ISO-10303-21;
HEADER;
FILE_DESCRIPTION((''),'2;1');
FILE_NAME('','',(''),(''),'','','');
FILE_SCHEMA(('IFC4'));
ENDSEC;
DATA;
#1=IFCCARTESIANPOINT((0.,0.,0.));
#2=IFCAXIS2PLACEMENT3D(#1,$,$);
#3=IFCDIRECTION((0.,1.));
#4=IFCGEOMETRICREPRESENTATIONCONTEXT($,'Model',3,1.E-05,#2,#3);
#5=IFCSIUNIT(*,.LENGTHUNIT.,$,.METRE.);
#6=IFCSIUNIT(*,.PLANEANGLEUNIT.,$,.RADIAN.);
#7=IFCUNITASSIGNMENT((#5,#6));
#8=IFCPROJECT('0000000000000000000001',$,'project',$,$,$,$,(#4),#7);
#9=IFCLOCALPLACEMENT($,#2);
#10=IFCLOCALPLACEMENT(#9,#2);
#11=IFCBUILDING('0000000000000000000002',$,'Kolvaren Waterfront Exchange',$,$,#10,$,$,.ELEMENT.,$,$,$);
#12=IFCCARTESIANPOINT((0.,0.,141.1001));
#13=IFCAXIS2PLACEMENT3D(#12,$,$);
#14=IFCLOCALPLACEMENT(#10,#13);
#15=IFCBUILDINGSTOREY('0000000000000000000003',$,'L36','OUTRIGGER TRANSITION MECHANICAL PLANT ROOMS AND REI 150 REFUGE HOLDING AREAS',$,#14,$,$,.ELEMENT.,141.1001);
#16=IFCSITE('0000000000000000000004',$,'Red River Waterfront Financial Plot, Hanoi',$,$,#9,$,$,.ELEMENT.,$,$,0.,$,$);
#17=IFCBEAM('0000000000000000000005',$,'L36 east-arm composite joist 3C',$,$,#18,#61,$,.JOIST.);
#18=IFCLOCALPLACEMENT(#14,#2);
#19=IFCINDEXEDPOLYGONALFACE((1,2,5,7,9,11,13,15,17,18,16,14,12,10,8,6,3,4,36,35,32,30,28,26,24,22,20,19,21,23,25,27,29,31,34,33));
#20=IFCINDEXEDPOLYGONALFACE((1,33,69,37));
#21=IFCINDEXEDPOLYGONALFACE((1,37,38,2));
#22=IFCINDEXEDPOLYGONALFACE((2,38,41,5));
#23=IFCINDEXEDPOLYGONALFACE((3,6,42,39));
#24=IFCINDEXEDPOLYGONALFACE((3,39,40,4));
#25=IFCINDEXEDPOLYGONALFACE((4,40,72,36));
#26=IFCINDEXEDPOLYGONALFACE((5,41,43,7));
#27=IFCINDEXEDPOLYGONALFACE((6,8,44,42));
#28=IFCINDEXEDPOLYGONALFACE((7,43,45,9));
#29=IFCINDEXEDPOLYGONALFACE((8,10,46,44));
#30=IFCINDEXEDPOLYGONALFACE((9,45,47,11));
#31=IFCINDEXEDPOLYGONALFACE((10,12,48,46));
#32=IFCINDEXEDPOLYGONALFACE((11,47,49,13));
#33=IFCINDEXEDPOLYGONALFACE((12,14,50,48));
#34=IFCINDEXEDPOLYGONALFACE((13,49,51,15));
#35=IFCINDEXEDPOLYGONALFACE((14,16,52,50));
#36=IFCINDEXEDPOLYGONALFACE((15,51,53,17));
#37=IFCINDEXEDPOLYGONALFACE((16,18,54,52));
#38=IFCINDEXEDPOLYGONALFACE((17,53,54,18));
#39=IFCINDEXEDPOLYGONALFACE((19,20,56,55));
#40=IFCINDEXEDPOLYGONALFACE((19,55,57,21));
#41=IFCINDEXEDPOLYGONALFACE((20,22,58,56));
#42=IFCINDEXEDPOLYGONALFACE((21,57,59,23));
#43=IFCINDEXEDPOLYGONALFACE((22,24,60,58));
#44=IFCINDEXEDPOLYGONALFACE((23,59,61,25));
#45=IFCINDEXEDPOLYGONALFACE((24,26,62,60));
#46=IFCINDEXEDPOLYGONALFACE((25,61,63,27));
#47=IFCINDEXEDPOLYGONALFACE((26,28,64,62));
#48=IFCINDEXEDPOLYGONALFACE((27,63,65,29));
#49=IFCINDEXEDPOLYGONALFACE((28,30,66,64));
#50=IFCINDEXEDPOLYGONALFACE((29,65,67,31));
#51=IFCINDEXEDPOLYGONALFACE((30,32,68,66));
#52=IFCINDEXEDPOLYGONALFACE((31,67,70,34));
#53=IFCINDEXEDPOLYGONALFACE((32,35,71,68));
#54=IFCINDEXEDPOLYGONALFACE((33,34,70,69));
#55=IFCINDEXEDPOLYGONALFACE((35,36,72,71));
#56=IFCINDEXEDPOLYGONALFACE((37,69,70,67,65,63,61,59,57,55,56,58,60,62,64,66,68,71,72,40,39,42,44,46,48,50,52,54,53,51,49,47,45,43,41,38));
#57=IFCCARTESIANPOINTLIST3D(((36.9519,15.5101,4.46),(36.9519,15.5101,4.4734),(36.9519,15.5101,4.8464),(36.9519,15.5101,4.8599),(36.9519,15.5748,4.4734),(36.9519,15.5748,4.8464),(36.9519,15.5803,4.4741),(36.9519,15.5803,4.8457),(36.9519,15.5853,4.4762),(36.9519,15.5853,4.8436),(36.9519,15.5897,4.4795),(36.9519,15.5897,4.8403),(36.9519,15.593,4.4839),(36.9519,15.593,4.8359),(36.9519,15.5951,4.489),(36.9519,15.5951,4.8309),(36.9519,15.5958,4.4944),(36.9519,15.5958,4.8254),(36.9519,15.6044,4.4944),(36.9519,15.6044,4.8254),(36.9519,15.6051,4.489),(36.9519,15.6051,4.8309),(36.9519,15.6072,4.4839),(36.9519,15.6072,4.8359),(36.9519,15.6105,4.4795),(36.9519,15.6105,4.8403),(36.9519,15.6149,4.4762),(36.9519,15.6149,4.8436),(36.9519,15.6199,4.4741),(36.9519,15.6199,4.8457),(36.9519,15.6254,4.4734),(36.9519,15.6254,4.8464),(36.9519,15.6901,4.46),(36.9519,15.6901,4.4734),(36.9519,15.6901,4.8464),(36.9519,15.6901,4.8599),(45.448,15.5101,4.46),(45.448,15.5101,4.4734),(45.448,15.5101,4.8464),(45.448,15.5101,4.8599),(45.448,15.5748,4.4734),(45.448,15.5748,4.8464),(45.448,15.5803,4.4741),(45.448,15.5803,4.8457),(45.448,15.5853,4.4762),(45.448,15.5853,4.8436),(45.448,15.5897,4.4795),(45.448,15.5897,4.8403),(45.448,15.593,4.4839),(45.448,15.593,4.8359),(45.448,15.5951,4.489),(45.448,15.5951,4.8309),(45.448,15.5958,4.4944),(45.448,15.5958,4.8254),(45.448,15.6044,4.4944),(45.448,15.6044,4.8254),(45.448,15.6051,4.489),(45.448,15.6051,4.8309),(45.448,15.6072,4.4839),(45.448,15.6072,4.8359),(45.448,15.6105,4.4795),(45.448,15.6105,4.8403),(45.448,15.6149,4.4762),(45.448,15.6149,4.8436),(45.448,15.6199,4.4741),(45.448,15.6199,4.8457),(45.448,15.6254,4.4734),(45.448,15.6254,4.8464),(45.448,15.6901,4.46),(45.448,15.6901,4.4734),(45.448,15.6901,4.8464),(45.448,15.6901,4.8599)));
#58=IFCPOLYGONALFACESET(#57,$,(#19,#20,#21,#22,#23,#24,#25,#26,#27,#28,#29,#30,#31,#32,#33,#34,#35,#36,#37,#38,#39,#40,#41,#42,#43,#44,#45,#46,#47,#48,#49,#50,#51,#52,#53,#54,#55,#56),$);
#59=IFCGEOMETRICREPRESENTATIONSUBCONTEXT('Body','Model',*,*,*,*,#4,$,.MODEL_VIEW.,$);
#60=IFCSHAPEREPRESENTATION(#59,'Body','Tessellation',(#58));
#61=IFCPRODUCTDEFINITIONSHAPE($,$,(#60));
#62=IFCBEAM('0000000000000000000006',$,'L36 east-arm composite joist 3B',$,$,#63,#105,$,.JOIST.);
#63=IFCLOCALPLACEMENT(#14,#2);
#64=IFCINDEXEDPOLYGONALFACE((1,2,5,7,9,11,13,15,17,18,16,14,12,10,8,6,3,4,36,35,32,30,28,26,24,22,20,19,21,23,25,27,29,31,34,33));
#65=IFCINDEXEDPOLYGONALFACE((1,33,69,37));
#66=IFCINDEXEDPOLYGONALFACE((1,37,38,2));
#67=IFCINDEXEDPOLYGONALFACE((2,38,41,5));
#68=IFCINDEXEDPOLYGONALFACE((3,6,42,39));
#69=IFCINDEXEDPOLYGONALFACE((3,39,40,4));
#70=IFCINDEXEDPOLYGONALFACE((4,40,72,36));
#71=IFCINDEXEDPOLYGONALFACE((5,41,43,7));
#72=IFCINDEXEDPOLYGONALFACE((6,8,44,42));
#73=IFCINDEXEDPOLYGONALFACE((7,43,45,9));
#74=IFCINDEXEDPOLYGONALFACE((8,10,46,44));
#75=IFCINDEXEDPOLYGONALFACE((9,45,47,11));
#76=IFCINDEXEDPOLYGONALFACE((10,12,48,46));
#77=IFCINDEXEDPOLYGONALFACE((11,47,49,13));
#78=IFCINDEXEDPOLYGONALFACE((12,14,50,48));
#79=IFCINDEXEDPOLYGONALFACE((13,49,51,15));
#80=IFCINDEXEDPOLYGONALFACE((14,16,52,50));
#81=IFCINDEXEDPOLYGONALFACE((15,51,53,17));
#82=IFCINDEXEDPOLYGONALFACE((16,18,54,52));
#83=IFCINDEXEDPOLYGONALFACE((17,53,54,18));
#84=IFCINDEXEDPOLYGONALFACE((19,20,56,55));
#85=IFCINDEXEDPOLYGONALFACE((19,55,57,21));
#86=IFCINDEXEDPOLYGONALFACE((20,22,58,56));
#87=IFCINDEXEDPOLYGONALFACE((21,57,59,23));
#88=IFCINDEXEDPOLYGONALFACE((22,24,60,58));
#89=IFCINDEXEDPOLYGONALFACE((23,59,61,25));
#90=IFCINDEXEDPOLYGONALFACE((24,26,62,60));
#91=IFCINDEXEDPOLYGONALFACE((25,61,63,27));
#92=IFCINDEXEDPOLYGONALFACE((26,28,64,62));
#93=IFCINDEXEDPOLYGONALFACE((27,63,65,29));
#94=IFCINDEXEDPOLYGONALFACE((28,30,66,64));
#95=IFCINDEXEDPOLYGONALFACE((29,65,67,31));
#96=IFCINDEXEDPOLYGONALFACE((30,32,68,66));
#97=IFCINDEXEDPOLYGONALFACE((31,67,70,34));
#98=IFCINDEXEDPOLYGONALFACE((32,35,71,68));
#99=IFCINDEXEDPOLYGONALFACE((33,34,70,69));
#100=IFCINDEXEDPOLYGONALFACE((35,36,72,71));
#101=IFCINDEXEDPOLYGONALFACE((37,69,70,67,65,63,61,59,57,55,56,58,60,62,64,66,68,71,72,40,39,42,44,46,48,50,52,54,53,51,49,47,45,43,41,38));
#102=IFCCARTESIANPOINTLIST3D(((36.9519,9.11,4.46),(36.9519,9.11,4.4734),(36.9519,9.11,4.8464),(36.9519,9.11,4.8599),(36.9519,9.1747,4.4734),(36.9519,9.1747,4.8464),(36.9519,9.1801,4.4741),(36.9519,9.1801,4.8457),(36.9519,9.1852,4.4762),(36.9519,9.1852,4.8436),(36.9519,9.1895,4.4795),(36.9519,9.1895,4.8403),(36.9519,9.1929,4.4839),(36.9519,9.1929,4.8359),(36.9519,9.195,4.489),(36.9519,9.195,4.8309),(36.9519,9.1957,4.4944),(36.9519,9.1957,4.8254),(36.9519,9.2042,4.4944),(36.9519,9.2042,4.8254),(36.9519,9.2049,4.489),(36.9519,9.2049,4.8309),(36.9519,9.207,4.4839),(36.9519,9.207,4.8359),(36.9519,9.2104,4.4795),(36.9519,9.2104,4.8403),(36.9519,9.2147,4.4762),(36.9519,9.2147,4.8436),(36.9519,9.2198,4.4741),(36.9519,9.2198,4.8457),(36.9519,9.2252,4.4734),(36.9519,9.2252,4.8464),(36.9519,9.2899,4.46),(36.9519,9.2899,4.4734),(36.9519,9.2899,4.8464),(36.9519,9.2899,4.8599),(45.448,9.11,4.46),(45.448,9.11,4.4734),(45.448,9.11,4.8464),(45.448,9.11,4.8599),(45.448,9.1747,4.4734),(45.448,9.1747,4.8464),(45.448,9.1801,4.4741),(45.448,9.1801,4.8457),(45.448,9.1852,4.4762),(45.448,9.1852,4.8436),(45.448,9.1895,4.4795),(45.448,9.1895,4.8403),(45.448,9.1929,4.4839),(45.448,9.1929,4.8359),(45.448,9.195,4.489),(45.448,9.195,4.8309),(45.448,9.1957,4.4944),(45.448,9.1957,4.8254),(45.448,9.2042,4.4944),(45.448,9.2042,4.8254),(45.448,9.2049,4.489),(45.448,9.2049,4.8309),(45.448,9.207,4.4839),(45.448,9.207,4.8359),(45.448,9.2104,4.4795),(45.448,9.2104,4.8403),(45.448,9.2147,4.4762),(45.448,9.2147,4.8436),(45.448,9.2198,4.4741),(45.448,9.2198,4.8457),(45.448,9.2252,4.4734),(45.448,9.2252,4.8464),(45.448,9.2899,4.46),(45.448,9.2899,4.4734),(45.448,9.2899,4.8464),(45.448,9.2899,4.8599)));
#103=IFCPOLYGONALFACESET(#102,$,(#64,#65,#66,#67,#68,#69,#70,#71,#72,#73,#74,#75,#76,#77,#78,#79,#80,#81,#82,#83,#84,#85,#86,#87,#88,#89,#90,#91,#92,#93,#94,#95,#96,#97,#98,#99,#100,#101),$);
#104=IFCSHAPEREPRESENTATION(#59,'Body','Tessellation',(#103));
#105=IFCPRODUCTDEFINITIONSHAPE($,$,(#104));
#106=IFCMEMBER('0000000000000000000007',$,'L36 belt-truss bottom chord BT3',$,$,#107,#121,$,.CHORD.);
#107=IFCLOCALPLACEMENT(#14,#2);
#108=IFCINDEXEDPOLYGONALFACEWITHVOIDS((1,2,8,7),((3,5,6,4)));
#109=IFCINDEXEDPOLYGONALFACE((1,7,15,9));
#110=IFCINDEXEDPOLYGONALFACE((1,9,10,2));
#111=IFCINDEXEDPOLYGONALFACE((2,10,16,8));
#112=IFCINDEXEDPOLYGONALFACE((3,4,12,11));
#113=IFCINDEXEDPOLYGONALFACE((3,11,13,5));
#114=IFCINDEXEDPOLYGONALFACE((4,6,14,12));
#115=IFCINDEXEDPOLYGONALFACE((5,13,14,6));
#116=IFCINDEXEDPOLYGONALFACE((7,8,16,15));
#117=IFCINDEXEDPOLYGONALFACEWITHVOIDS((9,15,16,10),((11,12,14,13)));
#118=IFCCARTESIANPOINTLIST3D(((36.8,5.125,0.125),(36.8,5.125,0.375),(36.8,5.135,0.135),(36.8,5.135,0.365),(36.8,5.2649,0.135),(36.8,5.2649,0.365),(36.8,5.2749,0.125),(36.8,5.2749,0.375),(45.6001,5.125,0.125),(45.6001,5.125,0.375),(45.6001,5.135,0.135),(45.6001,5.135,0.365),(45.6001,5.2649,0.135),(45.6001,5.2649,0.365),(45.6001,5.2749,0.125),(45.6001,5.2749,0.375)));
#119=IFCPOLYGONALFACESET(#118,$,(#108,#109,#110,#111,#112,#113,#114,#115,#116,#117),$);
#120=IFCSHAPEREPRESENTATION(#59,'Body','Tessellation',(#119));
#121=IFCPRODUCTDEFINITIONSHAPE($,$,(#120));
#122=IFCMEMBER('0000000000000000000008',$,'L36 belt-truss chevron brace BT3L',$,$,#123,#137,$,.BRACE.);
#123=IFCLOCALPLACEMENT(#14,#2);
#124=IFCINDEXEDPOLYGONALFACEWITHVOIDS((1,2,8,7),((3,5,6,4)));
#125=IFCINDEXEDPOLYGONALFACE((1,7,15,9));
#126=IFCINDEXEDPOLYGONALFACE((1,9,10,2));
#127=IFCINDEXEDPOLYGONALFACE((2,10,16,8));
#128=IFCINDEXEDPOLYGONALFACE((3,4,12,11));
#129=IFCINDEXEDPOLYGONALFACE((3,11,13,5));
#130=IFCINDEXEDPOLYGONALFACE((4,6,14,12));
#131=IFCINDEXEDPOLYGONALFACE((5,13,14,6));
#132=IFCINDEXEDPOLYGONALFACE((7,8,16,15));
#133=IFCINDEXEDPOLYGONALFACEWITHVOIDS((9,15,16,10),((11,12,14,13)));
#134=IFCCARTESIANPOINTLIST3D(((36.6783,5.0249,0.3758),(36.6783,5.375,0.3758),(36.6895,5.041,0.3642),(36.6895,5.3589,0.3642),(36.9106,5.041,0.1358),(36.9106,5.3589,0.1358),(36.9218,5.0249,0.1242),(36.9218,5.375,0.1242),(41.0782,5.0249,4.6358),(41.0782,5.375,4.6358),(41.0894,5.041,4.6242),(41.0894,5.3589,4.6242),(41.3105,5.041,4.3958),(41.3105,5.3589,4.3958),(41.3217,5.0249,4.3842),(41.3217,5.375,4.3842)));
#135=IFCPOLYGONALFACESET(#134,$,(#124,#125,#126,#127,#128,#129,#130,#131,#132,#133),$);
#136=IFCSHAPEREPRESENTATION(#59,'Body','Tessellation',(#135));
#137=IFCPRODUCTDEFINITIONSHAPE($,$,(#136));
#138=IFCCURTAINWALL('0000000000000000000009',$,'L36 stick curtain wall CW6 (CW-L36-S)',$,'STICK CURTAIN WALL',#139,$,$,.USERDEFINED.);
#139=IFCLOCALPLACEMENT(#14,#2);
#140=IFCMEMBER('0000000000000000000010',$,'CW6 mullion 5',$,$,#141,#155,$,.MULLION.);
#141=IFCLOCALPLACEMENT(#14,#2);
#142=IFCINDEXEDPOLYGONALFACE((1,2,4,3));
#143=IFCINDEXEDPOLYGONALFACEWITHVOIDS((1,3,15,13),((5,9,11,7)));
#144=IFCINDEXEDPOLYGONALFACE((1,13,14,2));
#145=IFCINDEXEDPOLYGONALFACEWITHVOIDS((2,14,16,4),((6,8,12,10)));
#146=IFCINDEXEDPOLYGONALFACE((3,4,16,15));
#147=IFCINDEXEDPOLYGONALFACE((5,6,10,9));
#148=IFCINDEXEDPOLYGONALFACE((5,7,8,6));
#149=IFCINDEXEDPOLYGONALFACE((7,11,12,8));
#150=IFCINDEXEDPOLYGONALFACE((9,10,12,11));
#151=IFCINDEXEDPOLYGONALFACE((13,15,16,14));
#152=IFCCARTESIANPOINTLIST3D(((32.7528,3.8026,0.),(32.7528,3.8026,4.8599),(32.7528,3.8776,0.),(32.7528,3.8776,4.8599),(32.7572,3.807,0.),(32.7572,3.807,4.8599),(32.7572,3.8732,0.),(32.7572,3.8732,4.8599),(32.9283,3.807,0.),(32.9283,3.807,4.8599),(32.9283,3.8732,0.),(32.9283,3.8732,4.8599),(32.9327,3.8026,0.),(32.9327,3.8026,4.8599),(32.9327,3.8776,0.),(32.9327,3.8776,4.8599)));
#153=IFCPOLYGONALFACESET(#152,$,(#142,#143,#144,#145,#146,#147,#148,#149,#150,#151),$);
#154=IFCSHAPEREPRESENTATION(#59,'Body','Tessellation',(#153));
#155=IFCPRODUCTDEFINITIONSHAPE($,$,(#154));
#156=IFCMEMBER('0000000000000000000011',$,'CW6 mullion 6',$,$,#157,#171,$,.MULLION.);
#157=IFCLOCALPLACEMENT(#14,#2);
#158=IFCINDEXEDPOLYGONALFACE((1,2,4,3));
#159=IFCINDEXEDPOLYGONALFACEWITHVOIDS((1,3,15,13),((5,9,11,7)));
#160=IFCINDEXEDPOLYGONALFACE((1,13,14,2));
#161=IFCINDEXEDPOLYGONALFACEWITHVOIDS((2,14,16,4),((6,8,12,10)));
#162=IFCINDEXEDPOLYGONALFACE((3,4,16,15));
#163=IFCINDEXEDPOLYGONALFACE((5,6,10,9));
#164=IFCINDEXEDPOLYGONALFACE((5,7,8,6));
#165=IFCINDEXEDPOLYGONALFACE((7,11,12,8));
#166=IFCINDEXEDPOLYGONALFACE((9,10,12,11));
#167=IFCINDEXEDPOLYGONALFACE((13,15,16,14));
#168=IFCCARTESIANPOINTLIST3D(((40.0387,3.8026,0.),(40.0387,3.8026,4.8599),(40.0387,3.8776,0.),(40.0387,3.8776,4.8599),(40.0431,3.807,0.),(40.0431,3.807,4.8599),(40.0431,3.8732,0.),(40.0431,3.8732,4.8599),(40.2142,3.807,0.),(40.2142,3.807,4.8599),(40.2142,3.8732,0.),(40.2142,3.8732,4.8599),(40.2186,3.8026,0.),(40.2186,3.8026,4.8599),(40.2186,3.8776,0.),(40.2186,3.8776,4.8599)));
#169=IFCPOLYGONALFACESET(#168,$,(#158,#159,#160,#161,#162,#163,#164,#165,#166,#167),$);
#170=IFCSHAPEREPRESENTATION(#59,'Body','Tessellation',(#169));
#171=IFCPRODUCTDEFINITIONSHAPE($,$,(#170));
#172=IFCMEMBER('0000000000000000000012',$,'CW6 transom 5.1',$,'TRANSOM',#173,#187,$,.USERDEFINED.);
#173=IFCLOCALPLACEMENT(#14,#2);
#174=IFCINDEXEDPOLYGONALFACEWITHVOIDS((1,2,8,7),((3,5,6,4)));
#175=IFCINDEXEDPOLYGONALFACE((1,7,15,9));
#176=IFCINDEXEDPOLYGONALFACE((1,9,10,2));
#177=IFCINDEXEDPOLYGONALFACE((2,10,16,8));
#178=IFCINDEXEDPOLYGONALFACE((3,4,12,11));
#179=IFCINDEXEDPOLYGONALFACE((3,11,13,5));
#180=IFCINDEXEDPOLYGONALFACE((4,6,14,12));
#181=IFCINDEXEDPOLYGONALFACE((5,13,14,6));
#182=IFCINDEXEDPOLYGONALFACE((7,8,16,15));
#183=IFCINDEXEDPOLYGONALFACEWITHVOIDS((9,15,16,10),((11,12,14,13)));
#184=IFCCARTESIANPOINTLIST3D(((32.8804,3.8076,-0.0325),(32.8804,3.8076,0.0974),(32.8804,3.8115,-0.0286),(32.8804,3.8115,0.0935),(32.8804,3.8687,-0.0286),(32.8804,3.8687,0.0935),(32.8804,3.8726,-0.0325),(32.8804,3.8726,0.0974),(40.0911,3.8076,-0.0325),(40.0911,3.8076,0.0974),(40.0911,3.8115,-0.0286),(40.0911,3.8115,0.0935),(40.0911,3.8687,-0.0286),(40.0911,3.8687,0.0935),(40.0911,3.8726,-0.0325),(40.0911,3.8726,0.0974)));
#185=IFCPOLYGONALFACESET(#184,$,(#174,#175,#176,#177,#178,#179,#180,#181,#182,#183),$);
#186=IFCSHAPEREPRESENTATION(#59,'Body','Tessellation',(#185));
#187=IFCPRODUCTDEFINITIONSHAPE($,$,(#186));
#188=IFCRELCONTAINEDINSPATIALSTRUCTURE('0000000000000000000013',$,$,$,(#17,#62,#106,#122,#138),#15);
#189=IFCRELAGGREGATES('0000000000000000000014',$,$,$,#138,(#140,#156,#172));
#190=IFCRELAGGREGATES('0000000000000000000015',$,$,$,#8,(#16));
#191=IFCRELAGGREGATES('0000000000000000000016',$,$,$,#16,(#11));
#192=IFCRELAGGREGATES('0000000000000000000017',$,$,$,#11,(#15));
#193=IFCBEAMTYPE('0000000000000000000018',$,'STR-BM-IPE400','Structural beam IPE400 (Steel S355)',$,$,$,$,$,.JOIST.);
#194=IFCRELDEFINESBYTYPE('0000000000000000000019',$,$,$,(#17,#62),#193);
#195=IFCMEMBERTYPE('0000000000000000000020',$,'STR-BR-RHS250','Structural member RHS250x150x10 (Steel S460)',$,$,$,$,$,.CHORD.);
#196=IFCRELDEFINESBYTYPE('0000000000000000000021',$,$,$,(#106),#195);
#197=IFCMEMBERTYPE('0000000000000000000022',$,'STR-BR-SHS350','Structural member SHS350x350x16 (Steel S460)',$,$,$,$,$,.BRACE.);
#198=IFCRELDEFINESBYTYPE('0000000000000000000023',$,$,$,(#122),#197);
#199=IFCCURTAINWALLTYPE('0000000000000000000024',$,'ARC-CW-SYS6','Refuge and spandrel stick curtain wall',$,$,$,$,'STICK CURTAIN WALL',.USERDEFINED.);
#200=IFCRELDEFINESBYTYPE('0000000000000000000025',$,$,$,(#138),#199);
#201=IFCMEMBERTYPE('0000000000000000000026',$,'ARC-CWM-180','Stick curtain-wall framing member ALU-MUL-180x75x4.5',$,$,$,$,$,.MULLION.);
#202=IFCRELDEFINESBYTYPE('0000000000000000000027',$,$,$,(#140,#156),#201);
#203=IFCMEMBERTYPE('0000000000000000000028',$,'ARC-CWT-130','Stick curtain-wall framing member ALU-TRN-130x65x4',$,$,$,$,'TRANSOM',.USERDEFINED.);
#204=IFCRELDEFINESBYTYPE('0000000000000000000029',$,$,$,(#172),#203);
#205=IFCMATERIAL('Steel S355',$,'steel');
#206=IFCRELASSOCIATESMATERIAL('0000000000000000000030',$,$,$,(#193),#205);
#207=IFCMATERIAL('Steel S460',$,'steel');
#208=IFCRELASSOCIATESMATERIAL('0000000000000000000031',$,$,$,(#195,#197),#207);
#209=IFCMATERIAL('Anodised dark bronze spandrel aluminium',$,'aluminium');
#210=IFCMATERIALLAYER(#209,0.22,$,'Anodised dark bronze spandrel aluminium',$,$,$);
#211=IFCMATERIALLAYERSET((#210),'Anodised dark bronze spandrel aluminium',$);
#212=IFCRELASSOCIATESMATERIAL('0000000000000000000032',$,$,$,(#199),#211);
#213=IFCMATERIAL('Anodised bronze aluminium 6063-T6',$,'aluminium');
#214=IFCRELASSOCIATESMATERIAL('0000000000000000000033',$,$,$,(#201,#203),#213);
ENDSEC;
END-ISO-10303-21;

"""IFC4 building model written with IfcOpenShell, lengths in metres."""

from ifc_helpers import new_model, si_unit, direction, frame, origin, origin_with_axes, origin_2d, place, context, subcontext, project, spatial, hollow_rectangle, i_section, extrude, source, transform, mapped, material, layer, layer_set, material_profile, profile_set, type_object, element, aggregate, save


model = new_model("IFC4")

# Units and contexts
model_context = context("Model", 3, precision=1e-05, world=origin(), true_north=direction((0.0, 1.0)))
body_context = subcontext(model_context, "Body", "Model", "MODEL_VIEW")
ifc_project = project(units=[si_unit("LENGTHUNIT", "METRE"), si_unit("PLANEANGLEUNIT", "RADIAN")], contexts=[model_context])

# Site, building, storey
site_placement = place(None, origin())
site = spatial("IfcSite", under=ifc_project, at=site_placement, Name="Red River Waterfront Financial Plot, Hanoi", CompositionType="ELEMENT", RefElevation=0.0)
building_placement = place(site_placement, origin())
building = spatial("IfcBuilding", under=site, at=building_placement, Name="Kolvaren Waterfront Exchange", CompositionType="ELEMENT")
storey_placement = place(building_placement, frame((0.0, 0.0, 141.1001)))
storey = spatial("IfcBuildingStorey", under=building, at=storey_placement, Name="L36", Description="OUTRIGGER TRANSITION MECHANICAL PLANT ROOMS AND REI 150 REFUGE HOLDING AREAS", CompositionType="ELEMENT", Elevation=141.1001)

# Beams
ifc_material_1 = material(Name="Steel S355", Category="steel")
ifc_material_profile_1 = material_profile(ifc_material_1, i_section(OverallWidth=0.1799, OverallDepth=0.3999, WebThickness=0.0085, FlangeThickness=0.0134, FilletRadius=0.021, at=origin_2d()), Name="IPE400")
ifc_profile_set_1 = profile_set([ifc_material_profile_1], Name="Steel S355")
beam_type_1 = type_object("IfcBeamType", Name="STR-BM-IPE400", Description="Structural beam IPE400 (Steel S355)", PredefinedType="JOIST", material=ifc_profile_set_1)
for number, where, z_axis, x_axis, name in (
    (1, (36.9519, 15.6001, 4.6599), (1.0, 0.0, 0.0), (0.0, 1.0, 0.0), "L36 east-arm composite joist 3C"),
    (2, (36.9519, 9.2, 4.6599), (1.0, 0.0, 0.0), (0.0, 1.0, 0.0), "L36 east-arm composite joist 3B"),
):
    element("IfcBeam", number, at=place(storey_placement, frame(where, z_axis=z_axis, x_axis=x_axis)), inside=storey, type_object=beam_type_1, Name=name, PredefinedType="JOIST", context=body_context, shape_type="SweptSolid", body=[
        extrude(i_section(OverallWidth=0.1799, OverallDepth=0.3999, WebThickness=0.0085, FlangeThickness=0.0134, FilletRadius=0.021, at=origin_2d()), origin(), (0.0, 0.0, 1.0), 8.4961),
    ])

# Members
ifc_material_2 = material(Name="Steel S460", Category="steel")
ifc_material_profile_2 = material_profile(ifc_material_2, hollow_rectangle(XDim=0.1499, YDim=0.25, WallThickness=0.01, at=origin_2d()), Name="RHS250x150x10")
ifc_profile_set_2 = profile_set([ifc_material_profile_2], Name="Steel S460")
member_type_1 = type_object("IfcMemberType", Name="STR-BR-RHS250", Description="Structural member RHS250x150x10 (Steel S460)", PredefinedType="CHORD", material=ifc_profile_set_2)
member_1_placement = place(storey_placement, frame((36.8, 5.2, 0.25), z_axis=(1.0, 0.0, 0.0), x_axis=(0.0, 1.0, 0.0)))
element("IfcMember", 3, at=member_1_placement, inside=storey, type_object=member_type_1, Name="L36 belt-truss bottom chord BT3", PredefinedType="CHORD", context=body_context, shape_type="SweptSolid", body=[
    extrude(hollow_rectangle(XDim=0.1499, YDim=0.25, WallThickness=0.01, at=origin_2d()), origin(), (0.0, 0.0, 1.0), 8.8),
])
ifc_material_profile_3 = material_profile(ifc_material_2, hollow_rectangle(XDim=0.3501, YDim=0.3501, WallThickness=0.0161, at=origin_2d()), Name="SHS350x350x16")
ifc_profile_set_3 = profile_set([ifc_material_profile_3], Name="Steel S460")
member_type_2 = type_object("IfcMemberType", Name="STR-BR-SHS350", Description="Structural member SHS350x350x16 (Steel S460)", PredefinedType="BRACE", material=ifc_profile_set_3)
member_2_placement = place(storey_placement, frame((36.8, 5.2, 0.25), z_axis=(0.718436, 0.0, 0.695593), x_axis=(0.0, 1.0, 0.0)))
element("IfcMember", 4, at=member_2_placement, inside=storey, type_object=member_type_2, Name="L36 belt-truss chevron brace BT3L", PredefinedType="BRACE", context=body_context, shape_type="SweptSolid", body=[
    extrude(hollow_rectangle(XDim=0.3501, YDim=0.3501, WallThickness=0.0161, at=origin_2d()), origin(), (0.0, 0.0, 1.0), 6.1243),
])

# Curtain wall, members
ifc_material_3 = material(Name="Anodised dark bronze spandrel aluminium", Category="aluminium")
ifc_layer_1 = layer(ifc_material_3, 0.22, Name="Anodised dark bronze spandrel aluminium")
ifc_layer_set_1 = layer_set([ifc_layer_1], Name="Anodised dark bronze spandrel aluminium")
curtain_wall_type = type_object("IfcCurtainWallType", Name="ARC-CW-SYS6", Description="Refuge and spandrel stick curtain wall", ElementType="STICK CURTAIN WALL", PredefinedType="USERDEFINED", material=ifc_layer_set_1)
curtain_wall_placement = place(storey_placement, origin())
curtain_wall = element("IfcCurtainWall", 5, at=curtain_wall_placement, inside=storey, type_object=curtain_wall_type, Name="L36 stick curtain wall CW6 (CW-L36-S)", ObjectType="STICK CURTAIN WALL", PredefinedType="USERDEFINED")
ifc_material_4 = material(Name="Anodised bronze aluminium 6063-T6", Category="aluminium")
ifc_material_profile_4 = material_profile(ifc_material_4, hollow_rectangle(XDim=0.075, YDim=0.1799, WallThickness=0.0044, at=origin_2d()), Name="ALU-MUL-180x75x4.5")
ifc_profile_set_4 = profile_set([ifc_material_profile_4], Name="Anodised bronze aluminium 6063-T6")
member_type_3 = type_object("IfcMemberType", Name="ARC-CWM-180", Description="Stick curtain-wall framing member ALU-MUL-180x75x4.5", PredefinedType="MULLION", material=ifc_profile_set_4)
shared_shape_1 = source(origin_with_axes(), body_context, "Body", "SweptSolid", [
    extrude(hollow_rectangle(XDim=0.075, YDim=0.1799, WallThickness=0.0044, at=origin_2d()), origin(), (0.0, 0.0, 1.0), 4.8599),
])
member_3_placement = place(storey_placement, frame((32.8428, 3.8401, 0.0), z_axis=(0.0, 0.0, 1.0), x_axis=(0.0, 1.0, 0.0)))
member_3 = element("IfcMember", 6, at=member_3_placement, type_object=member_type_3, Name="CW6 mullion 5", PredefinedType="MULLION", context=body_context, shape_type="MappedRepresentation", body=[
    mapped(shared_shape_1, transform((0.0, 0.0, 0.0), x_axis=(1.0, 0.0, 0.0), y_axis=(0.0, 1.0, 0.0), z_axis=(0.0, 0.0, 1.0), scale=1.0)),
])
member_4_placement = place(storey_placement, frame((40.1287, 3.8401, 0.0), z_axis=(0.0, 0.0, 1.0), x_axis=(0.0, 1.0, 0.0)))
member_4 = element("IfcMember", 7, at=member_4_placement, type_object=member_type_3, Name="CW6 mullion 6", PredefinedType="MULLION", context=body_context, shape_type="MappedRepresentation", body=[
    mapped(shared_shape_1, transform((0.0, 0.0, 0.0), x_axis=(1.0, 0.0, 0.0), y_axis=(0.0, 1.0, 0.0), z_axis=(0.0, 0.0, 1.0), scale=1.0)),
])
ifc_material_profile_5 = material_profile(ifc_material_4, hollow_rectangle(XDim=0.0649, YDim=0.1299, WallThickness=0.0039, at=origin_2d()), Name="ALU-TRN-130x65x4")
ifc_profile_set_5 = profile_set([ifc_material_profile_5], Name="Anodised bronze aluminium 6063-T6")
member_type_4 = type_object("IfcMemberType", Name="ARC-CWT-130", Description="Stick curtain-wall framing member ALU-TRN-130x65x4", ElementType="TRANSOM", PredefinedType="USERDEFINED", material=ifc_profile_set_5)
shared_shape_2 = source(origin_with_axes(), body_context, "Body", "SweptSolid", [
    extrude(hollow_rectangle(XDim=0.0649, YDim=0.1299, WallThickness=0.0039, at=origin_2d()), origin(), (0.0, 0.0, 1.0), 7.2107),
])
member_5_placement = place(storey_placement, frame((32.8804, 3.8401, 0.0325), z_axis=(1.0, 0.0, 0.0), x_axis=(0.0, 1.0, 0.0)))
member_5 = element("IfcMember", 8, at=member_5_placement, type_object=member_type_4, Name="CW6 transom 5.1", ObjectType="TRANSOM", PredefinedType="USERDEFINED", context=body_context, shape_type="MappedRepresentation", body=[
    mapped(shared_shape_2, transform((0.0, 0.0, 0.0), x_axis=(1.0, 0.0, 0.0), y_axis=(0.0, 1.0, 0.0), z_axis=(0.0, 0.0, 1.0), scale=1.0)),
])

aggregate(curtain_wall, [member_3, member_4, member_5])

save(model, "model.ifc")
